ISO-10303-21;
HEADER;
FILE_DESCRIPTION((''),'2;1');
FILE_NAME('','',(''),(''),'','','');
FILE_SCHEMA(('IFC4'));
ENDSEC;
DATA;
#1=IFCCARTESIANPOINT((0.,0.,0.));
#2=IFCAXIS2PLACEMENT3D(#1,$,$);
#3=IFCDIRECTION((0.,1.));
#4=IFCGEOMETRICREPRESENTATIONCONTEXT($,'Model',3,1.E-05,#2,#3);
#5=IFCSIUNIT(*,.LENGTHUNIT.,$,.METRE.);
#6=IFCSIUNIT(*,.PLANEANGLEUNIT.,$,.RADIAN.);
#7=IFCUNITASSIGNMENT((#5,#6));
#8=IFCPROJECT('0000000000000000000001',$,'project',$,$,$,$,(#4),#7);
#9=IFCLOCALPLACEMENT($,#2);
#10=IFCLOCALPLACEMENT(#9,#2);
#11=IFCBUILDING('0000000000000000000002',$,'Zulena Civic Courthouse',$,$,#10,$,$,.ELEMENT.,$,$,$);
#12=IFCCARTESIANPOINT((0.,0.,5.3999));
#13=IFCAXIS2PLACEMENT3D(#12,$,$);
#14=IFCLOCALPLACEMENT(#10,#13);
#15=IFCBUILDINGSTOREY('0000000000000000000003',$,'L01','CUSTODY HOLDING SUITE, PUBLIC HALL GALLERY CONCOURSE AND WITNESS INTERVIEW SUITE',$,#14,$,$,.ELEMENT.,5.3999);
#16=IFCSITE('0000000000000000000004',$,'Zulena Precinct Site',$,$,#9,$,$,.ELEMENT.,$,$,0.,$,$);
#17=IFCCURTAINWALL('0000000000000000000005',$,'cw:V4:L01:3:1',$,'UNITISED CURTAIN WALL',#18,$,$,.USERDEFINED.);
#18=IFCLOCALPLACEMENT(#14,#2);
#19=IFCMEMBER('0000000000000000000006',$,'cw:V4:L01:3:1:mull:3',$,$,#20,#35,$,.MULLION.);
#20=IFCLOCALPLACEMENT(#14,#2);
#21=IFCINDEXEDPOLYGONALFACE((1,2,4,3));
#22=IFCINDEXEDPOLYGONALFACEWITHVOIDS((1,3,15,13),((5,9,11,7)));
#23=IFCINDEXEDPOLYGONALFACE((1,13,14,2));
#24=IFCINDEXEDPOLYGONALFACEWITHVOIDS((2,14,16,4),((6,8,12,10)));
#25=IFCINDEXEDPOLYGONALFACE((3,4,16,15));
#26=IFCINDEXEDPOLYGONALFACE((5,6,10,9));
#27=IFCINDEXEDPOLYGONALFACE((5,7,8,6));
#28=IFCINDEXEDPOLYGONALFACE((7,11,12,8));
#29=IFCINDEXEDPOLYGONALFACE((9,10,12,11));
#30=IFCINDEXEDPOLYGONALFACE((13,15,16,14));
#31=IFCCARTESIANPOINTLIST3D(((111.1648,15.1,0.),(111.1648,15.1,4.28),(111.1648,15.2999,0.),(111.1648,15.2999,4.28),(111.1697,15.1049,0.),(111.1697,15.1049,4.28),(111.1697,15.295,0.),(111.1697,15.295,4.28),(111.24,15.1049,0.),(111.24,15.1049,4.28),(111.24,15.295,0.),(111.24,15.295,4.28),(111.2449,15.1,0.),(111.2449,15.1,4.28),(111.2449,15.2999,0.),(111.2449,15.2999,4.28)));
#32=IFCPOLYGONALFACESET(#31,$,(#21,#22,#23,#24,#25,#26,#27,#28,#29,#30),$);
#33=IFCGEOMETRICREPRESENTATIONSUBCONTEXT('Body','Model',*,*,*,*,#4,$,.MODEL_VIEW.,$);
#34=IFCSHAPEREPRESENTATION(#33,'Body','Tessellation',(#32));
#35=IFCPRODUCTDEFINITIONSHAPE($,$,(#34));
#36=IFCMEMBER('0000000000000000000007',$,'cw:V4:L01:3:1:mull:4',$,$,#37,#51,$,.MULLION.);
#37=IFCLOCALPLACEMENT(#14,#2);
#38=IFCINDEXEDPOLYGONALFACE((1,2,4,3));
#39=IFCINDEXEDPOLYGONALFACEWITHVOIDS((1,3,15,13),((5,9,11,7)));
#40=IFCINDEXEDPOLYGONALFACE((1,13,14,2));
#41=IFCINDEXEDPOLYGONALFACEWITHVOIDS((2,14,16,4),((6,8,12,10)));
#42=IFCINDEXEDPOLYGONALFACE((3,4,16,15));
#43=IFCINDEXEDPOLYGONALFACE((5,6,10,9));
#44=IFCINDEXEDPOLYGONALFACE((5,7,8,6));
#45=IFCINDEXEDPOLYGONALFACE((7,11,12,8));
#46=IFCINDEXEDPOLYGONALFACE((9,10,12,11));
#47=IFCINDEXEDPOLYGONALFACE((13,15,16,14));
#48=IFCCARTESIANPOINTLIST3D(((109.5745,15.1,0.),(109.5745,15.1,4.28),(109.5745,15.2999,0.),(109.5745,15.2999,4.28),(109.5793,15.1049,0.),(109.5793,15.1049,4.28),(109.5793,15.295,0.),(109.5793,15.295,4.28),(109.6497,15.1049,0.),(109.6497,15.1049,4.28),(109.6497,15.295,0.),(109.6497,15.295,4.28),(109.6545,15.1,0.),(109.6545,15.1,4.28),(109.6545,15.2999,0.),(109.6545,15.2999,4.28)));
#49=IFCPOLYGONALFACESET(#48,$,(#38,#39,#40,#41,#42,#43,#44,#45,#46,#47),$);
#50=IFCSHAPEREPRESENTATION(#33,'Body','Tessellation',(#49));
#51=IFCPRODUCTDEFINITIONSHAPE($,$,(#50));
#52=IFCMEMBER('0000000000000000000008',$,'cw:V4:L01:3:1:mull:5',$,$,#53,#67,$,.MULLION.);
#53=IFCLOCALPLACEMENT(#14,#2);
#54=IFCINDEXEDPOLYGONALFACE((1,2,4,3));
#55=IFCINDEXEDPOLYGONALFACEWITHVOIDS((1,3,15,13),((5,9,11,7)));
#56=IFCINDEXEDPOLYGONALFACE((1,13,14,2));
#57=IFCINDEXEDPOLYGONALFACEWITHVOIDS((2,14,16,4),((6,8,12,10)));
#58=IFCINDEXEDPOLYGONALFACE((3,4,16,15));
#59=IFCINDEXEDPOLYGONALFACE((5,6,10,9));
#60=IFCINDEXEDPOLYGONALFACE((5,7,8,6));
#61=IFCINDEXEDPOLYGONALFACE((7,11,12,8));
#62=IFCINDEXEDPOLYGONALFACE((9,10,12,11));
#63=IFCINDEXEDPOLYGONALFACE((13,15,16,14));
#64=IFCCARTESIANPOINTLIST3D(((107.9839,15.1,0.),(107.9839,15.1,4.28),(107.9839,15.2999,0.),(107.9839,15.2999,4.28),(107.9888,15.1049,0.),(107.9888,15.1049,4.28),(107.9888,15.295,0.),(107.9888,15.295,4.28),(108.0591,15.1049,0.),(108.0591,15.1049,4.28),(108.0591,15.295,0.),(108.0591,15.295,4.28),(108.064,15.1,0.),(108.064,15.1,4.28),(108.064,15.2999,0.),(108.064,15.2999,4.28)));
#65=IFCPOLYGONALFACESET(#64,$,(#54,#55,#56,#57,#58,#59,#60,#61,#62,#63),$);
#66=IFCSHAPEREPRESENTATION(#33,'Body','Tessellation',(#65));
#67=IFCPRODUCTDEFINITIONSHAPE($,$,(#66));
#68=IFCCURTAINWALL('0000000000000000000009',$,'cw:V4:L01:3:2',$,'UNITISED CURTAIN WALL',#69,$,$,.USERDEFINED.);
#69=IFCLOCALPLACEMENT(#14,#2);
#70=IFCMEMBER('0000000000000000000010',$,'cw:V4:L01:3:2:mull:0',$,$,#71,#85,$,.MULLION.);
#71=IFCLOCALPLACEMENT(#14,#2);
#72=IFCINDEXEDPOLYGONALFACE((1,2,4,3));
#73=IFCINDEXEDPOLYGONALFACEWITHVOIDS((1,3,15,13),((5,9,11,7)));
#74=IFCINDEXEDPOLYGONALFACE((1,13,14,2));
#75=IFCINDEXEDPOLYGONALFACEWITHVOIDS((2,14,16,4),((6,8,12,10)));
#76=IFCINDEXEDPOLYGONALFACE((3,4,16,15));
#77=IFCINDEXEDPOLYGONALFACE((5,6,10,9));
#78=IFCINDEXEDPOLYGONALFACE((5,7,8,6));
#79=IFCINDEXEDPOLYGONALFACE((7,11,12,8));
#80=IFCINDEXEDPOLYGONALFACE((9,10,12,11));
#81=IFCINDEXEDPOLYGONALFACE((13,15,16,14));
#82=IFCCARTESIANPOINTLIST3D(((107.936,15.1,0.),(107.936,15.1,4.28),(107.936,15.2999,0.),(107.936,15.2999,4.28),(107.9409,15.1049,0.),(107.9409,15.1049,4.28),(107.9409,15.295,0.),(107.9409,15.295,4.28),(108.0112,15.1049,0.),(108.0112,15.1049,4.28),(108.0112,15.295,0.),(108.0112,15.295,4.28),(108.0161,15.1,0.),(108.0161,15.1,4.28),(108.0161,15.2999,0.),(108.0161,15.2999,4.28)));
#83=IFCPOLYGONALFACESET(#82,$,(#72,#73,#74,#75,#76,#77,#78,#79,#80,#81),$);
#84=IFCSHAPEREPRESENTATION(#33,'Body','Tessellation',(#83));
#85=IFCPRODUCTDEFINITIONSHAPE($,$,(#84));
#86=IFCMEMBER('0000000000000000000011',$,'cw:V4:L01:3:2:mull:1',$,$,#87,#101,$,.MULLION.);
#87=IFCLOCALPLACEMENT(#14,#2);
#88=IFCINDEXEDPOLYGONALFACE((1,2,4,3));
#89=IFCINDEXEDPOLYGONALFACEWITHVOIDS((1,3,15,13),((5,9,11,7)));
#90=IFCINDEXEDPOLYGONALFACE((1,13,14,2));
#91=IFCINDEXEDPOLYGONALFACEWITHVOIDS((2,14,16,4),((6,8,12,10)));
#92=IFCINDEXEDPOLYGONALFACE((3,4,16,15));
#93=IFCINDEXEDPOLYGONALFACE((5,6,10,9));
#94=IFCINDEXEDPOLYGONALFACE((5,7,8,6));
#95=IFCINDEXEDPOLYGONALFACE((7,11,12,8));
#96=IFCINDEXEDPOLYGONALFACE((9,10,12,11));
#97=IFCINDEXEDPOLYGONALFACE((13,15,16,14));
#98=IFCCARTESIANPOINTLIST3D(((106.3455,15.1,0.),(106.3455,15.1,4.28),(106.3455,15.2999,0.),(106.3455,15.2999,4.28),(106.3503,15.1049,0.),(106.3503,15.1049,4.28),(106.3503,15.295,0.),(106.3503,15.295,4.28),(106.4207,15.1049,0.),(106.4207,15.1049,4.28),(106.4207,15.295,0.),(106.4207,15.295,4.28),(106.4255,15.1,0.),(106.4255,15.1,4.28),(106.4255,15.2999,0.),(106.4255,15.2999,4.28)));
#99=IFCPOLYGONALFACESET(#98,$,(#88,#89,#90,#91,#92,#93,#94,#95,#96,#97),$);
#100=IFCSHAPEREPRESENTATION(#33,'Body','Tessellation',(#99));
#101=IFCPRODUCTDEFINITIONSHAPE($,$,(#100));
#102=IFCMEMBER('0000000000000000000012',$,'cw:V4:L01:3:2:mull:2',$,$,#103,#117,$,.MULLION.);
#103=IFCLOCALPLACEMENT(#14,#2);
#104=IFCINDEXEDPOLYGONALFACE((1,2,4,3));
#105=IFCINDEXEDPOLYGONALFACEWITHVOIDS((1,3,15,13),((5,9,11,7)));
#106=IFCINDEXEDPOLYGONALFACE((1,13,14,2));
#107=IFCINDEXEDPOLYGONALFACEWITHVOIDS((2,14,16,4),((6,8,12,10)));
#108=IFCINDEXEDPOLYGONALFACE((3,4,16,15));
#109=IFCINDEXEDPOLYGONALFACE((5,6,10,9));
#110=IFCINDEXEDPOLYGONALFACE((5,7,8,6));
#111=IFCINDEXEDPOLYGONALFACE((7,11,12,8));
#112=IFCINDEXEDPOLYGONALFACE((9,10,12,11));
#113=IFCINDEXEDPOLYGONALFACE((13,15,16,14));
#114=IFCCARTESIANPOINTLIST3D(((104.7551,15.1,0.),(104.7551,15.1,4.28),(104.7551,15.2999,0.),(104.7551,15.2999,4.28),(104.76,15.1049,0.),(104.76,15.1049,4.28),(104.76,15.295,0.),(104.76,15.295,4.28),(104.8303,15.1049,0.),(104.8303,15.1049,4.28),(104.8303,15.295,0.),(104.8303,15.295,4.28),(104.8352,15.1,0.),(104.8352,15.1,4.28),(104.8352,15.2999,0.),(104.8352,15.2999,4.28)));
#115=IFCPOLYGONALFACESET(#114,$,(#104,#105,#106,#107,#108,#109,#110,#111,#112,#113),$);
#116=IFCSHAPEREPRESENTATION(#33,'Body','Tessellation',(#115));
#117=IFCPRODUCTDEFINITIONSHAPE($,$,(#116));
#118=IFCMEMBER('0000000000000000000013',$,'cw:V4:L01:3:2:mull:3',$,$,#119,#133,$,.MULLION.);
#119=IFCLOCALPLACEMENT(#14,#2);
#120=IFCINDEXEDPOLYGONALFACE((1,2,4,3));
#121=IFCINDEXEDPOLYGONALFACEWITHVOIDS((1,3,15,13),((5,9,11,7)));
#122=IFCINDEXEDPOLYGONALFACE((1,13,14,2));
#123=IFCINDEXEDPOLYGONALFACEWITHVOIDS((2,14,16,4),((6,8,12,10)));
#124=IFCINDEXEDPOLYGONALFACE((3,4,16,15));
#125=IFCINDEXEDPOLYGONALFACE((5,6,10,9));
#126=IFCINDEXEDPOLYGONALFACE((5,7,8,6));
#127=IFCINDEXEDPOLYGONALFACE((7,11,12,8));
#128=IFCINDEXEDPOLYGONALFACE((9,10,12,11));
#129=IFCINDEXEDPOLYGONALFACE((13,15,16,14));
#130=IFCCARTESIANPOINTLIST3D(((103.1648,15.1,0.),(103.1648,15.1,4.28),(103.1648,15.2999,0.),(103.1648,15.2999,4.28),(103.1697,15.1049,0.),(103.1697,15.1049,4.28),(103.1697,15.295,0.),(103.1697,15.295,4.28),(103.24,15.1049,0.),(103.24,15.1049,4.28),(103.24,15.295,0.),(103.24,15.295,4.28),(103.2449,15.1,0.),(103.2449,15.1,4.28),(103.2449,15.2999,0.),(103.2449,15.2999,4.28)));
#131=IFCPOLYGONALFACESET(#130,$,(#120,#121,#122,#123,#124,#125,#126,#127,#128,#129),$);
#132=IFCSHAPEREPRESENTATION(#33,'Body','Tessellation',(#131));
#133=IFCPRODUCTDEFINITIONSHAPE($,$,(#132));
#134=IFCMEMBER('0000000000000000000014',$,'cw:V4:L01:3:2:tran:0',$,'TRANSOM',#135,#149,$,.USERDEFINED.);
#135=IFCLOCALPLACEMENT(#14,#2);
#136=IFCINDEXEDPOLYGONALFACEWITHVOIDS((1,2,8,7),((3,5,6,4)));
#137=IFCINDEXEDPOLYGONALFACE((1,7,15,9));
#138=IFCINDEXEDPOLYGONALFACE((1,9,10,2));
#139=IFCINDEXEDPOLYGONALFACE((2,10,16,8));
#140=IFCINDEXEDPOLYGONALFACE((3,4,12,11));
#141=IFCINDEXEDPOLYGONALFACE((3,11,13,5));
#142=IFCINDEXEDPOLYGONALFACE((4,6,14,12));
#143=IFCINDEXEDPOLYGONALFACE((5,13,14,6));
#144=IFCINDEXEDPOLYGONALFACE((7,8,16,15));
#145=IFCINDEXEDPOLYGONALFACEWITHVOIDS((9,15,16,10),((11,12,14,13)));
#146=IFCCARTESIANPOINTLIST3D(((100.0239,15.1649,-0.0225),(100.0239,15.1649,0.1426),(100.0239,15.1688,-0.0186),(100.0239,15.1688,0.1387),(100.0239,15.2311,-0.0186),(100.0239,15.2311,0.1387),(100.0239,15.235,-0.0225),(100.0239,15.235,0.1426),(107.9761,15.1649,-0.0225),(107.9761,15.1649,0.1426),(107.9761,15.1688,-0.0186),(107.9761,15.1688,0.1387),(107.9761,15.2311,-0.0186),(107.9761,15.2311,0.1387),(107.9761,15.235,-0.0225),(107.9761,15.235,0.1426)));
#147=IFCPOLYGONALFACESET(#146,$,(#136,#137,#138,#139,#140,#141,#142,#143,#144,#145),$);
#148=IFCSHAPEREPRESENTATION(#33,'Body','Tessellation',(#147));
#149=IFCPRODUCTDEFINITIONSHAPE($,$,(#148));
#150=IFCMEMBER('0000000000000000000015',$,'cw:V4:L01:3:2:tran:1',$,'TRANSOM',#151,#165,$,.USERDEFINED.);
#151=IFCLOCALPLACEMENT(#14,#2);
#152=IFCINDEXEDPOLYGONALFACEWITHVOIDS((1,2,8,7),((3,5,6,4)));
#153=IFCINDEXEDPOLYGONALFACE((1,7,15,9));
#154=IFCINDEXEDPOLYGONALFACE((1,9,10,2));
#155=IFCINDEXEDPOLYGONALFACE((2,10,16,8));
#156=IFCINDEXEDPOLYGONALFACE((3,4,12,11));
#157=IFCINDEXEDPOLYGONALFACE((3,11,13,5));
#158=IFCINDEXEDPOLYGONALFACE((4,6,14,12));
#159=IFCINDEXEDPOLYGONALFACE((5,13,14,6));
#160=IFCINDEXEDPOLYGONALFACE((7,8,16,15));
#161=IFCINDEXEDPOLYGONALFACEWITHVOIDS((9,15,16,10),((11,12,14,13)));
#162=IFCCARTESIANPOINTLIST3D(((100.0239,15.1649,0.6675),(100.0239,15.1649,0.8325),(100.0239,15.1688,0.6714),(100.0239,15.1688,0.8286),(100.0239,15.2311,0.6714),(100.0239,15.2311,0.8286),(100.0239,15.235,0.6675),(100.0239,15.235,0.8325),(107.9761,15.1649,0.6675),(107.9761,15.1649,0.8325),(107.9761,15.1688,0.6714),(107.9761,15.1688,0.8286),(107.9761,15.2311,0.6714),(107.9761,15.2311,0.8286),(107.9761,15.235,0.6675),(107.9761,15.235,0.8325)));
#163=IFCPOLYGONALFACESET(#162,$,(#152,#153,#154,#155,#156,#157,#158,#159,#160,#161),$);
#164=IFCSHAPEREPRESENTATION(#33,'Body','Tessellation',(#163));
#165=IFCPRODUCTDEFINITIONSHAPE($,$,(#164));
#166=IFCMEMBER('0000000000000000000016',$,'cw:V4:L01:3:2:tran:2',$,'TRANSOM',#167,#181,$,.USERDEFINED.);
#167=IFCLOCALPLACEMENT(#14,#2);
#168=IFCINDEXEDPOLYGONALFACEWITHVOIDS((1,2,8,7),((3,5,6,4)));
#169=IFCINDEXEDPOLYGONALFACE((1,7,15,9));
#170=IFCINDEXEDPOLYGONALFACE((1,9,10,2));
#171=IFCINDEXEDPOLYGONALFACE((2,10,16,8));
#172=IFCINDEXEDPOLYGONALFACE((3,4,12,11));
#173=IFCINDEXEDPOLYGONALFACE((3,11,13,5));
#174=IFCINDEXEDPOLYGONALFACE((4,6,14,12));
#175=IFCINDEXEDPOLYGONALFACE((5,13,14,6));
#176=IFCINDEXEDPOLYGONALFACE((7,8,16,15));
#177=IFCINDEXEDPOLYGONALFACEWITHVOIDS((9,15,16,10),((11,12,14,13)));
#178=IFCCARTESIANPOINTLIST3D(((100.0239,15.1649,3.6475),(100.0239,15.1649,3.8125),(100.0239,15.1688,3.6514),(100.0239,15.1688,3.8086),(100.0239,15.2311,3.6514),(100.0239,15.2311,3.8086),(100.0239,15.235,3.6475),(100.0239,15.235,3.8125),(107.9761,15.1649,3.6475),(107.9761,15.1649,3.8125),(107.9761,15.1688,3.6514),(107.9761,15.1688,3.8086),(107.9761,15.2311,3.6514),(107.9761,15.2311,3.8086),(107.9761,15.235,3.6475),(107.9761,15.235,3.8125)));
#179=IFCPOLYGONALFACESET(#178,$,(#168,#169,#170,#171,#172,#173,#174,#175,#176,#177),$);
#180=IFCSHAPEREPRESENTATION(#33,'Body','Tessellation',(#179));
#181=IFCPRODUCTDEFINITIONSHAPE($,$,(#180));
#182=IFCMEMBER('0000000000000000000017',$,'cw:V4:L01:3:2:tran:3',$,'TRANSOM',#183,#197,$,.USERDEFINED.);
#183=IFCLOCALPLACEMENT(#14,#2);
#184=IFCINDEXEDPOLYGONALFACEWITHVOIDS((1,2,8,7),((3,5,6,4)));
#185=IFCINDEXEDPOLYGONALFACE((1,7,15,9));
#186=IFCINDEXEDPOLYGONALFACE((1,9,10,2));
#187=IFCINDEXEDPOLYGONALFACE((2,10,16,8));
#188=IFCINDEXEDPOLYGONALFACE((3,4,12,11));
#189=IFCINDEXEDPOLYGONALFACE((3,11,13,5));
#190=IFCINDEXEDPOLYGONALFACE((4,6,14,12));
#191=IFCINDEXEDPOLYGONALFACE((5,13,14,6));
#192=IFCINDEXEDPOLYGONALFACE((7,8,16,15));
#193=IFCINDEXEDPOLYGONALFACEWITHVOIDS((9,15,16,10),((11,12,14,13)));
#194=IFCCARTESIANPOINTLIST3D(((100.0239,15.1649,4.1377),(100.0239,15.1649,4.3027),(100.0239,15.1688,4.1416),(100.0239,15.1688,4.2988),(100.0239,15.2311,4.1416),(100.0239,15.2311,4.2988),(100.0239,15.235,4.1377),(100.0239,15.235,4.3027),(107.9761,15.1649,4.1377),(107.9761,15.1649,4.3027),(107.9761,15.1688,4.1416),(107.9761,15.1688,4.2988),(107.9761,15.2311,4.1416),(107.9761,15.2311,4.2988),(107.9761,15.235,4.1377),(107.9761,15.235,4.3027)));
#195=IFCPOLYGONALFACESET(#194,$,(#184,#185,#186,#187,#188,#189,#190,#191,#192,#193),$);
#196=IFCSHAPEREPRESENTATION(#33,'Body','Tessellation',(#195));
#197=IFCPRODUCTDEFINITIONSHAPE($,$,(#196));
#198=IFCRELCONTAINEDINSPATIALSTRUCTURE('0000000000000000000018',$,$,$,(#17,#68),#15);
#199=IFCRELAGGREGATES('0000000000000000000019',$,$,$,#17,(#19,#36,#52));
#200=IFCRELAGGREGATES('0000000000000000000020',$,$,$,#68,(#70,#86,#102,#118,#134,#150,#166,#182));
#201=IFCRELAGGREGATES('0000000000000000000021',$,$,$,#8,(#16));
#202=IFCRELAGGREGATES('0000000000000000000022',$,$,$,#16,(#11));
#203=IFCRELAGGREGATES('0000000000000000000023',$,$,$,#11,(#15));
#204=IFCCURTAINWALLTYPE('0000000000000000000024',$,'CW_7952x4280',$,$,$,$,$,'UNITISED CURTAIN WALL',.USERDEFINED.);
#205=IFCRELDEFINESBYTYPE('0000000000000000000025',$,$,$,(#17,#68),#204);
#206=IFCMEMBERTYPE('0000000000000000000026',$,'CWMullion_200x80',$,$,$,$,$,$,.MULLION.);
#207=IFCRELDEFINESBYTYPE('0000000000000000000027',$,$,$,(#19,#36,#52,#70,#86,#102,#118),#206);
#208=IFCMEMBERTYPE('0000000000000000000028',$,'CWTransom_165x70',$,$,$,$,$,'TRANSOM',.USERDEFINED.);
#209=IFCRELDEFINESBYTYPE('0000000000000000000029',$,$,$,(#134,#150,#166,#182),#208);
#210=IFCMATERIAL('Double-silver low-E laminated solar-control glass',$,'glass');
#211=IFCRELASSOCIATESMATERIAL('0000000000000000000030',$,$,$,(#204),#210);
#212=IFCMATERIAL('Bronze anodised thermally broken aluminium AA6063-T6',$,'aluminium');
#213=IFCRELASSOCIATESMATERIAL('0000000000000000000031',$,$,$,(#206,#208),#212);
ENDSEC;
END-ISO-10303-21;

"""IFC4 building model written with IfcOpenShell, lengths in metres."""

from ifc_helpers import new_model, si_unit, direction, frame, origin, origin_2d, place, context, subcontext, project, spatial, hollow_rectangle, extrude, material, material_profile, profile_set, type_object, element, aggregate, save


model = new_model("IFC4")

# Units and contexts
model_context = context("Model", 3, precision=1e-05, world=origin(), true_north=direction((0.0, 1.0)))
body_context = subcontext(model_context, "Body", "Model", "MODEL_VIEW")
ifc_project = project(units=[si_unit("LENGTHUNIT", "METRE"), si_unit("PLANEANGLEUNIT", "RADIAN")], contexts=[model_context])

# Site, building, storey
site_placement = place(None, origin())
site = spatial("IfcSite", under=ifc_project, at=site_placement, Name="Zulena Precinct Site", CompositionType="ELEMENT", RefElevation=0.0)
building_placement = place(site_placement, origin())
building = spatial("IfcBuilding", under=site, at=building_placement, Name="Zulena Civic Courthouse", CompositionType="ELEMENT")
storey_placement = place(building_placement, frame((0.0, 0.0, 5.3999)))
storey = spatial("IfcBuildingStorey", under=building, at=storey_placement, Name="L01", Description="CUSTODY HOLDING SUITE, PUBLIC HALL GALLERY CONCOURSE AND WITNESS INTERVIEW SUITE", CompositionType="ELEMENT", Elevation=5.3999)

# Curtain walls, members
ifc_material_1 = material(Name="Double-silver low-E laminated solar-control glass", Category="glass")
curtain_wall_type = type_object("IfcCurtainWallType", Name="CW_7952x4280", ElementType="UNITISED CURTAIN WALL", PredefinedType="USERDEFINED", material=ifc_material_1)
curtain_wall_1_placement = place(storey_placement, origin())
curtain_wall_1 = element("IfcCurtainWall", 1, at=curtain_wall_1_placement, inside=storey, type_object=curtain_wall_type, Name="cw:V4:L01:3:1", ObjectType="UNITISED CURTAIN WALL", PredefinedType="USERDEFINED")
ifc_material_2 = material(Name="Bronze anodised thermally broken aluminium AA6063-T6", Category="aluminium")
ifc_material_profile_1 = material_profile(ifc_material_2, hollow_rectangle(XDim=0.0801, YDim=0.2, WallThickness=0.0049, at=origin_2d()), Name="CWM200X80X5")
ifc_profile_set_1 = profile_set([ifc_material_profile_1], Name="Bronze anodised thermally broken aluminium AA6063-T6")
member_type_1 = type_object("IfcMemberType", Name="CWMullion_200x80", PredefinedType="MULLION", material=ifc_profile_set_1)
member_1_placement = place(storey_placement, frame((111.2048, 15.2, 0.0), z_axis=(0.0, 0.0, 1.0), x_axis=(1.0, 0.0, 0.0)))
member_1 = element("IfcMember", 2, at=member_1_placement, type_object=member_type_1, Name="cw:V4:L01:3:1:mull:3", PredefinedType="MULLION", context=body_context, shape_type="SweptSolid", body=[
    extrude(hollow_rectangle(XDim=0.0801, YDim=0.2, WallThickness=0.0049, at=origin_2d()), origin(), (0.0, 0.0, 1.0), 4.28),
])
member_2_placement = place(storey_placement, frame((109.6145, 15.2, 0.0), z_axis=(0.0, 0.0, 1.0), x_axis=(1.0, 0.0, 0.0)))
member_2 = element("IfcMember", 3, at=member_2_placement, type_object=member_type_1, Name="cw:V4:L01:3:1:mull:4", PredefinedType="MULLION", context=body_context, shape_type="SweptSolid", body=[
    extrude(hollow_rectangle(XDim=0.0801, YDim=0.2, WallThickness=0.0049, at=origin_2d()), origin(), (0.0, 0.0, 1.0), 4.28),
])
member_3_placement = place(storey_placement, frame((108.0239, 15.2, 0.0), z_axis=(0.0, 0.0, 1.0), x_axis=(1.0, 0.0, 0.0)))
member_3 = element("IfcMember", 4, at=member_3_placement, type_object=member_type_1, Name="cw:V4:L01:3:1:mull:5", PredefinedType="MULLION", context=body_context, shape_type="SweptSolid", body=[
    extrude(hollow_rectangle(XDim=0.0801, YDim=0.2, WallThickness=0.0049, at=origin_2d()), origin(), (0.0, 0.0, 1.0), 4.28),
])
curtain_wall_2_placement = place(storey_placement, origin())
curtain_wall_2 = element("IfcCurtainWall", 5, at=curtain_wall_2_placement, inside=storey, type_object=curtain_wall_type, Name="cw:V4:L01:3:2", ObjectType="UNITISED CURTAIN WALL", PredefinedType="USERDEFINED")
member_4_placement = place(storey_placement, frame((107.9761, 15.2, 0.0), z_axis=(0.0, 0.0, 1.0), x_axis=(1.0, 0.0, 0.0)))
member_4 = element("IfcMember", 6, at=member_4_placement, type_object=member_type_1, Name="cw:V4:L01:3:2:mull:0", PredefinedType="MULLION", context=body_context, shape_type="SweptSolid", body=[
    extrude(hollow_rectangle(XDim=0.0801, YDim=0.2, WallThickness=0.0049, at=origin_2d()), origin(), (0.0, 0.0, 1.0), 4.28),
])
member_5_placement = place(storey_placement, frame((106.3855, 15.2, 0.0), z_axis=(0.0, 0.0, 1.0), x_axis=(1.0, 0.0, 0.0)))
member_5 = element("IfcMember", 7, at=member_5_placement, type_object=member_type_1, Name="cw:V4:L01:3:2:mull:1", PredefinedType="MULLION", context=body_context, shape_type="SweptSolid", body=[
    extrude(hollow_rectangle(XDim=0.0801, YDim=0.2, WallThickness=0.0049, at=origin_2d()), origin(), (0.0, 0.0, 1.0), 4.28),
])
member_6_placement = place(storey_placement, frame((104.7952, 15.2, 0.0), z_axis=(0.0, 0.0, 1.0), x_axis=(1.0, 0.0, 0.0)))
member_6 = element("IfcMember", 8, at=member_6_placement, type_object=member_type_1, Name="cw:V4:L01:3:2:mull:2", PredefinedType="MULLION", context=body_context, shape_type="SweptSolid", body=[
    extrude(hollow_rectangle(XDim=0.0801, YDim=0.2, WallThickness=0.0049, at=origin_2d()), origin(), (0.0, 0.0, 1.0), 4.28),
])
member_7_placement = place(storey_placement, frame((103.2048, 15.2, 0.0), z_axis=(0.0, 0.0, 1.0), x_axis=(1.0, 0.0, 0.0)))
member_7 = element("IfcMember", 9, at=member_7_placement, type_object=member_type_1, Name="cw:V4:L01:3:2:mull:3", PredefinedType="MULLION", context=body_context, shape_type="SweptSolid", body=[
    extrude(hollow_rectangle(XDim=0.0801, YDim=0.2, WallThickness=0.0049, at=origin_2d()), origin(), (0.0, 0.0, 1.0), 4.28),
])
ifc_material_profile_2 = material_profile(ifc_material_2, hollow_rectangle(XDim=0.0701, YDim=0.165, WallThickness=0.0039, at=origin_2d()), Name="CWT165X70X4")
ifc_profile_set_2 = profile_set([ifc_material_profile_2], Name="Bronze anodised thermally broken aluminium AA6063-T6")
member_type_2 = type_object("IfcMemberType", Name="CWTransom_165x70", ElementType="TRANSOM", PredefinedType="USERDEFINED", material=ifc_profile_set_2)
member_8_placement = place(storey_placement, frame((107.9761, 15.2, 0.0601), z_axis=(-1.0, 0.0, 0.0), x_axis=(0.0, -1.0, 0.0)))
member_8 = element("IfcMember", 10, at=member_8_placement, type_object=member_type_2, Name="cw:V4:L01:3:2:tran:0", ObjectType="TRANSOM", PredefinedType="USERDEFINED", context=body_context, shape_type="SweptSolid", body=[
    extrude(hollow_rectangle(XDim=0.0701, YDim=0.165, WallThickness=0.0039, at=origin_2d()), origin(), (0.0, 0.0, 1.0), 7.9521),
])
member_9_placement = place(storey_placement, frame((107.9761, 15.2, 0.75), z_axis=(-1.0, 0.0, 0.0), x_axis=(0.0, -1.0, 0.0)))
member_9 = element("IfcMember", 11, at=member_9_placement, type_object=member_type_2, Name="cw:V4:L01:3:2:tran:1", ObjectType="TRANSOM", PredefinedType="USERDEFINED", context=body_context, shape_type="SweptSolid", body=[
    extrude(hollow_rectangle(XDim=0.0701, YDim=0.165, WallThickness=0.0039, at=origin_2d()), origin(), (0.0, 0.0, 1.0), 7.9521),
])
member_10_placement = place(storey_placement, frame((107.9761, 15.2, 3.73), z_axis=(-1.0, 0.0, 0.0), x_axis=(0.0, -1.0, 0.0)))
member_10 = element("IfcMember", 12, at=member_10_placement, type_object=member_type_2, Name="cw:V4:L01:3:2:tran:2", ObjectType="TRANSOM", PredefinedType="USERDEFINED", context=body_context, shape_type="SweptSolid", body=[
    extrude(hollow_rectangle(XDim=0.0701, YDim=0.165, WallThickness=0.0039, at=origin_2d()), origin(), (0.0, 0.0, 1.0), 7.9521),
])
member_11_placement = place(storey_placement, frame((107.9761, 15.2, 4.2202), z_axis=(-1.0, 0.0, 0.0), x_axis=(0.0, -1.0, 0.0)))
member_11 = element("IfcMember", 13, at=member_11_placement, type_object=member_type_2, Name="cw:V4:L01:3:2:tran:3", ObjectType="TRANSOM", PredefinedType="USERDEFINED", context=body_context, shape_type="SweptSolid", body=[
    extrude(hollow_rectangle(XDim=0.0701, YDim=0.165, WallThickness=0.0039, at=origin_2d()), origin(), (0.0, 0.0, 1.0), 7.9521),
])

aggregate(curtain_wall_1, [member_1, member_2, member_3])
aggregate(curtain_wall_2, [member_4, member_5, member_6, member_7, member_8, member_9, member_10, member_11])

save(model, "model.ifc")
